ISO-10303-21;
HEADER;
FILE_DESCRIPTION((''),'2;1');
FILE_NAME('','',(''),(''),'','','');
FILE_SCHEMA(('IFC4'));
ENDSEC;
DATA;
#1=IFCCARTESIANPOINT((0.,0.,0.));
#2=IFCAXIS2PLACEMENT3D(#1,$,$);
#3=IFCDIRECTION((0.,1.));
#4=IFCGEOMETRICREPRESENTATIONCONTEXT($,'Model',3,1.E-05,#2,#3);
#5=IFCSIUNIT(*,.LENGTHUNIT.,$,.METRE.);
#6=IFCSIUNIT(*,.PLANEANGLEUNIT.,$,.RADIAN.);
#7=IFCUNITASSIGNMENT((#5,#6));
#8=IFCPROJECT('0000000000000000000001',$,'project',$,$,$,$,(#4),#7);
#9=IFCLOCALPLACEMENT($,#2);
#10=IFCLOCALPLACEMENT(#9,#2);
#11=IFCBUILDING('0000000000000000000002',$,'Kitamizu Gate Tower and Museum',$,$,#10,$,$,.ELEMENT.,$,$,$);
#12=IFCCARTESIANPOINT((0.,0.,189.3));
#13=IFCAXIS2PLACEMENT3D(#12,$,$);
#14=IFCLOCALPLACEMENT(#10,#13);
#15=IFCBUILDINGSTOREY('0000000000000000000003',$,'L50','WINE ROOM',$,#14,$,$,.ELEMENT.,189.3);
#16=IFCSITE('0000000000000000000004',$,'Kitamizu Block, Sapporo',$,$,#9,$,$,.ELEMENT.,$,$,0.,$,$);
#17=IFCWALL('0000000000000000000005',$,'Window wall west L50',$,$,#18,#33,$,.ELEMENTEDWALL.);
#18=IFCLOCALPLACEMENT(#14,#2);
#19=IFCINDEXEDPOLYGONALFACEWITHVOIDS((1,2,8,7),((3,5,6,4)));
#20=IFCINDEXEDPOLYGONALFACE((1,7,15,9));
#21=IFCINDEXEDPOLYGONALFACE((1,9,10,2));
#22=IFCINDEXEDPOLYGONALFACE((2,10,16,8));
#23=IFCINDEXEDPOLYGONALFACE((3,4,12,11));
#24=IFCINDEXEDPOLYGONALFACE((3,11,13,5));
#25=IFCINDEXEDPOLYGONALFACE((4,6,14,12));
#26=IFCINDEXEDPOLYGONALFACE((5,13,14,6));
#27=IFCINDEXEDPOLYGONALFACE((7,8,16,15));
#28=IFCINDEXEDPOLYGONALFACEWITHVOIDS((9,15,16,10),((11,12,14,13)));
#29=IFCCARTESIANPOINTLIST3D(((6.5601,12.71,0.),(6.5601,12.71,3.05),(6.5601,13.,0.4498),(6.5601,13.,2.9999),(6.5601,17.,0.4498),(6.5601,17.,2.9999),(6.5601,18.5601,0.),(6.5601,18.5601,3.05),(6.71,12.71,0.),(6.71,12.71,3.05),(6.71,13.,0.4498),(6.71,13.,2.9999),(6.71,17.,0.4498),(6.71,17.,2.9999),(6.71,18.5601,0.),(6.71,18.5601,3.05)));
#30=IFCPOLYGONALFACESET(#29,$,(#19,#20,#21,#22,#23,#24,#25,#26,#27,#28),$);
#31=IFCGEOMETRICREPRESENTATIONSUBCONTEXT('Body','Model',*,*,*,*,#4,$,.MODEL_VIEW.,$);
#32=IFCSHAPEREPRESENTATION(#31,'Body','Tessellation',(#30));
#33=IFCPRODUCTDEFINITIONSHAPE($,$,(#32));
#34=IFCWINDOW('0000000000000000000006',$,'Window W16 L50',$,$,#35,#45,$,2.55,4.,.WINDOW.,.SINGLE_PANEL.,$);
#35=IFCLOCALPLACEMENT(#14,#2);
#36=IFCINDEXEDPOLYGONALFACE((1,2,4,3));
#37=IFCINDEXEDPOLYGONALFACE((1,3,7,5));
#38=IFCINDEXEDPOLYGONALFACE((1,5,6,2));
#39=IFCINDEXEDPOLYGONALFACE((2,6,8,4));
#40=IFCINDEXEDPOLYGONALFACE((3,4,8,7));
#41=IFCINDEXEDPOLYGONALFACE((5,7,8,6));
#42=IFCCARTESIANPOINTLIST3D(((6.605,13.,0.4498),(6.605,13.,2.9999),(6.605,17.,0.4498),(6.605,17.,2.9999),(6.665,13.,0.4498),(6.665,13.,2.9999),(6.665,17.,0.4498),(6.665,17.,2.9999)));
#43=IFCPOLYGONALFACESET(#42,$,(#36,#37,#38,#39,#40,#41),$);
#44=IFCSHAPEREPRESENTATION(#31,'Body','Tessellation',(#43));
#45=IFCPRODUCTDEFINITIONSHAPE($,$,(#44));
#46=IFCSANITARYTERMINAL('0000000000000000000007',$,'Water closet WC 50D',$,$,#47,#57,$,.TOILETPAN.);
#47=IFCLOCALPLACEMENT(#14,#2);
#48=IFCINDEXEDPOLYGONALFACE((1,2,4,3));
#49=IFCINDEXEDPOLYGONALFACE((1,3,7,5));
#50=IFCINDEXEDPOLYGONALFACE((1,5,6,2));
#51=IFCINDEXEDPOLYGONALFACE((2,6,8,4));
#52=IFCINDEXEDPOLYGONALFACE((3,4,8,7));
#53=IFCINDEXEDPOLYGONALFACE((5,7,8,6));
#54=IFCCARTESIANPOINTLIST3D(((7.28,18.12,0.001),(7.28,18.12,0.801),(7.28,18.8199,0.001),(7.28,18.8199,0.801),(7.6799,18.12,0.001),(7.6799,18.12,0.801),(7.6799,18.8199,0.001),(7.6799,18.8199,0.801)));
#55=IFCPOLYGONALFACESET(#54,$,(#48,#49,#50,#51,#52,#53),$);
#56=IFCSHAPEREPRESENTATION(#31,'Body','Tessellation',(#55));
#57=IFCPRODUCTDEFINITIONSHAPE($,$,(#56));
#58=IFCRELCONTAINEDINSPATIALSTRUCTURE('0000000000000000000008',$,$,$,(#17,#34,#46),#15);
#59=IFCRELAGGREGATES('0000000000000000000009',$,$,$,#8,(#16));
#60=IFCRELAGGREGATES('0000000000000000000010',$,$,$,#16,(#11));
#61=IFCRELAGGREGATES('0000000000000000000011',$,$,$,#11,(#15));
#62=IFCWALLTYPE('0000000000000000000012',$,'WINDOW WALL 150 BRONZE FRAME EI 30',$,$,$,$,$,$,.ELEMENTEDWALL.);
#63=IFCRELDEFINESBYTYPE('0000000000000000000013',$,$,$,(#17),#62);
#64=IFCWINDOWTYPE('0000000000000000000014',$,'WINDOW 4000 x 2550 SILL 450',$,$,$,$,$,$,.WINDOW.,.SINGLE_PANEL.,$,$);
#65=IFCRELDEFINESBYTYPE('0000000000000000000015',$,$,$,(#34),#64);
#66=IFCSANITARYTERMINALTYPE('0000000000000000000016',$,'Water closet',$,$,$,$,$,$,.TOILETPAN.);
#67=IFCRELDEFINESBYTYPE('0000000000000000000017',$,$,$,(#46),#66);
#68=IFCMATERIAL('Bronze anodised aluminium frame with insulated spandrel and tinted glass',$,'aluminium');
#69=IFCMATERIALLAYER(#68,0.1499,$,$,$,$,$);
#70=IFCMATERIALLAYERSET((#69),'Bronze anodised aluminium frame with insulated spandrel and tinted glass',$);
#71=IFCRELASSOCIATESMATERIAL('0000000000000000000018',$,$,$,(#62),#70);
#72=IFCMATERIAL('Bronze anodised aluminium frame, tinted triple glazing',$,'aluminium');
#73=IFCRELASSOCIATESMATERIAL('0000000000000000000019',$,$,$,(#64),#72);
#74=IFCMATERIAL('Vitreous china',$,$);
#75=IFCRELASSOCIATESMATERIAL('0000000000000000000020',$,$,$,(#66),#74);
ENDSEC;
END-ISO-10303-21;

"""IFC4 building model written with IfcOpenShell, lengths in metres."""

from ifc_helpers import new_model, si_unit, direction, frame, frame_2d, origin, origin_2d, place, context, subcontext, project, spatial, rectangle, extrude, material, layer, layer_set, type_object, element, fill, save


model = new_model("IFC4")

# Units and contexts
model_context = context("Model", 3, precision=1e-05, world=origin(), true_north=direction((0.0, 1.0)))
body_context = subcontext(model_context, "Body", "Model", "MODEL_VIEW")
ifc_project = project(units=[si_unit("LENGTHUNIT", "METRE"), si_unit("PLANEANGLEUNIT", "RADIAN")], contexts=[model_context])

# Site, building, storey
site_placement = place(None, origin())
site = spatial("IfcSite", under=ifc_project, at=site_placement, Name="Kitamizu Block, Sapporo", CompositionType="ELEMENT", RefElevation=0.0)
building_placement = place(site_placement, origin())
building = spatial("IfcBuilding", under=site, at=building_placement, Name="Kitamizu Gate Tower and Museum", CompositionType="ELEMENT")
storey_placement = place(building_placement, frame((0.0, 0.0, 189.3)))
storey = spatial("IfcBuildingStorey", under=building, at=storey_placement, Name="L50", Description="WINE ROOM", CompositionType="ELEMENT", Elevation=189.3)

# Shared definitions
ifc_material_1 = material(Name="Bronze anodised aluminium frame with insulated spandrel and tinted glass", Category="aluminium")
ifc_layer_1 = layer(ifc_material_1, 0.1499)
ifc_layer_set_1 = layer_set([ifc_layer_1], Name="Bronze anodised aluminium frame with insulated spandrel and tinted glass")
wall_type_1 = type_object("IfcWallType", Name="WINDOW WALL 150 BRONZE FRAME EI 30", PredefinedType="ELEMENTEDWALL", material=ifc_layer_set_1)

# Wall, opening, window
wall_1_placement = place(storey_placement, frame((6.635, 12.71, 0.0), z_axis=(0.0, 0.0, 1.0), x_axis=(0.0, 1.0, 0.0)))
wall_1 = element("IfcWall", 1, at=wall_1_placement, inside=storey, type_object=wall_type_1, Name="Window wall west L50", PredefinedType="ELEMENTEDWALL", context=body_context, shape_type="SweptSolid", body=[
    extrude(rectangle(XDim=5.8501, YDim=0.1499, at=frame_2d((2.925, 0.0))), origin(), (0.0, 0.0, 1.0), 3.05),
])
opening_1_placement = place(wall_1_placement, frame((0.29, 0.0, 0.45)))
opening_1 = element("IfcOpeningElement", 2, at=opening_1_placement, cuts=wall_1, PredefinedType="OPENING", context=body_context, shape_type="SweptSolid", body=[
    extrude(rectangle(XDim=4.0, YDim=2.55, at=frame_2d((2.0, 1.2749))), frame((0.0, 0.085, 0.0), z_axis=(0.0, -1.0, 0.0), x_axis=(1.0, 0.0, 0.0)), (0.0, 0.0, 1.0), 0.1699),
])
ifc_material_2 = material(Name="Bronze anodised aluminium frame, tinted triple glazing", Category="aluminium")
window_type_1 = type_object("IfcWindowType", Name="WINDOW 4000 x 2550 SILL 450", PartitioningType="SINGLE_PANEL", PredefinedType="WINDOW", material=ifc_material_2)
window_1_placement = place(opening_1_placement, origin())
window_1 = element("IfcWindow", 3, at=window_1_placement, inside=storey, type_object=window_type_1, Name="Window W16 L50", OverallHeight=2.55, OverallWidth=4.0, PartitioningType="SINGLE_PANEL", PredefinedType="WINDOW", context=body_context, shape_type="SweptSolid", body=[
    extrude(rectangle(XDim=4.0, YDim=2.55, at=frame_2d((2.0, 1.2749))), frame((0.0, 0.03, 0.0), z_axis=(0.0, -1.0, 0.0), x_axis=(1.0, 0.0, 0.0)), (0.0, 0.0, 1.0), 0.0601),
])
fill(opening_1, window_1)

# Sanitary terminal
ifc_material_3 = material(Name="Vitreous china")
sanitary_terminal_type = type_object("IfcSanitaryTerminalType", Name="Water closet", PredefinedType="TOILETPAN", material=ifc_material_3)
sanitary_terminal_placement = place(storey_placement, frame((7.48, 18.47, 0.001), z_axis=(0.0, 0.0, 1.0), x_axis=(1.0, 0.0, 0.0)))
element("IfcSanitaryTerminal", 4, at=sanitary_terminal_placement, inside=storey, type_object=sanitary_terminal_type, Name="Water closet WC 50D", PredefinedType="TOILETPAN", context=body_context, shape_type="SweptSolid", body=[
    extrude(rectangle(XDim=0.3999, YDim=0.7, at=origin_2d()), origin(), (0.0, 0.0, 1.0), 0.8),
])

save(model, "model.ifc")
